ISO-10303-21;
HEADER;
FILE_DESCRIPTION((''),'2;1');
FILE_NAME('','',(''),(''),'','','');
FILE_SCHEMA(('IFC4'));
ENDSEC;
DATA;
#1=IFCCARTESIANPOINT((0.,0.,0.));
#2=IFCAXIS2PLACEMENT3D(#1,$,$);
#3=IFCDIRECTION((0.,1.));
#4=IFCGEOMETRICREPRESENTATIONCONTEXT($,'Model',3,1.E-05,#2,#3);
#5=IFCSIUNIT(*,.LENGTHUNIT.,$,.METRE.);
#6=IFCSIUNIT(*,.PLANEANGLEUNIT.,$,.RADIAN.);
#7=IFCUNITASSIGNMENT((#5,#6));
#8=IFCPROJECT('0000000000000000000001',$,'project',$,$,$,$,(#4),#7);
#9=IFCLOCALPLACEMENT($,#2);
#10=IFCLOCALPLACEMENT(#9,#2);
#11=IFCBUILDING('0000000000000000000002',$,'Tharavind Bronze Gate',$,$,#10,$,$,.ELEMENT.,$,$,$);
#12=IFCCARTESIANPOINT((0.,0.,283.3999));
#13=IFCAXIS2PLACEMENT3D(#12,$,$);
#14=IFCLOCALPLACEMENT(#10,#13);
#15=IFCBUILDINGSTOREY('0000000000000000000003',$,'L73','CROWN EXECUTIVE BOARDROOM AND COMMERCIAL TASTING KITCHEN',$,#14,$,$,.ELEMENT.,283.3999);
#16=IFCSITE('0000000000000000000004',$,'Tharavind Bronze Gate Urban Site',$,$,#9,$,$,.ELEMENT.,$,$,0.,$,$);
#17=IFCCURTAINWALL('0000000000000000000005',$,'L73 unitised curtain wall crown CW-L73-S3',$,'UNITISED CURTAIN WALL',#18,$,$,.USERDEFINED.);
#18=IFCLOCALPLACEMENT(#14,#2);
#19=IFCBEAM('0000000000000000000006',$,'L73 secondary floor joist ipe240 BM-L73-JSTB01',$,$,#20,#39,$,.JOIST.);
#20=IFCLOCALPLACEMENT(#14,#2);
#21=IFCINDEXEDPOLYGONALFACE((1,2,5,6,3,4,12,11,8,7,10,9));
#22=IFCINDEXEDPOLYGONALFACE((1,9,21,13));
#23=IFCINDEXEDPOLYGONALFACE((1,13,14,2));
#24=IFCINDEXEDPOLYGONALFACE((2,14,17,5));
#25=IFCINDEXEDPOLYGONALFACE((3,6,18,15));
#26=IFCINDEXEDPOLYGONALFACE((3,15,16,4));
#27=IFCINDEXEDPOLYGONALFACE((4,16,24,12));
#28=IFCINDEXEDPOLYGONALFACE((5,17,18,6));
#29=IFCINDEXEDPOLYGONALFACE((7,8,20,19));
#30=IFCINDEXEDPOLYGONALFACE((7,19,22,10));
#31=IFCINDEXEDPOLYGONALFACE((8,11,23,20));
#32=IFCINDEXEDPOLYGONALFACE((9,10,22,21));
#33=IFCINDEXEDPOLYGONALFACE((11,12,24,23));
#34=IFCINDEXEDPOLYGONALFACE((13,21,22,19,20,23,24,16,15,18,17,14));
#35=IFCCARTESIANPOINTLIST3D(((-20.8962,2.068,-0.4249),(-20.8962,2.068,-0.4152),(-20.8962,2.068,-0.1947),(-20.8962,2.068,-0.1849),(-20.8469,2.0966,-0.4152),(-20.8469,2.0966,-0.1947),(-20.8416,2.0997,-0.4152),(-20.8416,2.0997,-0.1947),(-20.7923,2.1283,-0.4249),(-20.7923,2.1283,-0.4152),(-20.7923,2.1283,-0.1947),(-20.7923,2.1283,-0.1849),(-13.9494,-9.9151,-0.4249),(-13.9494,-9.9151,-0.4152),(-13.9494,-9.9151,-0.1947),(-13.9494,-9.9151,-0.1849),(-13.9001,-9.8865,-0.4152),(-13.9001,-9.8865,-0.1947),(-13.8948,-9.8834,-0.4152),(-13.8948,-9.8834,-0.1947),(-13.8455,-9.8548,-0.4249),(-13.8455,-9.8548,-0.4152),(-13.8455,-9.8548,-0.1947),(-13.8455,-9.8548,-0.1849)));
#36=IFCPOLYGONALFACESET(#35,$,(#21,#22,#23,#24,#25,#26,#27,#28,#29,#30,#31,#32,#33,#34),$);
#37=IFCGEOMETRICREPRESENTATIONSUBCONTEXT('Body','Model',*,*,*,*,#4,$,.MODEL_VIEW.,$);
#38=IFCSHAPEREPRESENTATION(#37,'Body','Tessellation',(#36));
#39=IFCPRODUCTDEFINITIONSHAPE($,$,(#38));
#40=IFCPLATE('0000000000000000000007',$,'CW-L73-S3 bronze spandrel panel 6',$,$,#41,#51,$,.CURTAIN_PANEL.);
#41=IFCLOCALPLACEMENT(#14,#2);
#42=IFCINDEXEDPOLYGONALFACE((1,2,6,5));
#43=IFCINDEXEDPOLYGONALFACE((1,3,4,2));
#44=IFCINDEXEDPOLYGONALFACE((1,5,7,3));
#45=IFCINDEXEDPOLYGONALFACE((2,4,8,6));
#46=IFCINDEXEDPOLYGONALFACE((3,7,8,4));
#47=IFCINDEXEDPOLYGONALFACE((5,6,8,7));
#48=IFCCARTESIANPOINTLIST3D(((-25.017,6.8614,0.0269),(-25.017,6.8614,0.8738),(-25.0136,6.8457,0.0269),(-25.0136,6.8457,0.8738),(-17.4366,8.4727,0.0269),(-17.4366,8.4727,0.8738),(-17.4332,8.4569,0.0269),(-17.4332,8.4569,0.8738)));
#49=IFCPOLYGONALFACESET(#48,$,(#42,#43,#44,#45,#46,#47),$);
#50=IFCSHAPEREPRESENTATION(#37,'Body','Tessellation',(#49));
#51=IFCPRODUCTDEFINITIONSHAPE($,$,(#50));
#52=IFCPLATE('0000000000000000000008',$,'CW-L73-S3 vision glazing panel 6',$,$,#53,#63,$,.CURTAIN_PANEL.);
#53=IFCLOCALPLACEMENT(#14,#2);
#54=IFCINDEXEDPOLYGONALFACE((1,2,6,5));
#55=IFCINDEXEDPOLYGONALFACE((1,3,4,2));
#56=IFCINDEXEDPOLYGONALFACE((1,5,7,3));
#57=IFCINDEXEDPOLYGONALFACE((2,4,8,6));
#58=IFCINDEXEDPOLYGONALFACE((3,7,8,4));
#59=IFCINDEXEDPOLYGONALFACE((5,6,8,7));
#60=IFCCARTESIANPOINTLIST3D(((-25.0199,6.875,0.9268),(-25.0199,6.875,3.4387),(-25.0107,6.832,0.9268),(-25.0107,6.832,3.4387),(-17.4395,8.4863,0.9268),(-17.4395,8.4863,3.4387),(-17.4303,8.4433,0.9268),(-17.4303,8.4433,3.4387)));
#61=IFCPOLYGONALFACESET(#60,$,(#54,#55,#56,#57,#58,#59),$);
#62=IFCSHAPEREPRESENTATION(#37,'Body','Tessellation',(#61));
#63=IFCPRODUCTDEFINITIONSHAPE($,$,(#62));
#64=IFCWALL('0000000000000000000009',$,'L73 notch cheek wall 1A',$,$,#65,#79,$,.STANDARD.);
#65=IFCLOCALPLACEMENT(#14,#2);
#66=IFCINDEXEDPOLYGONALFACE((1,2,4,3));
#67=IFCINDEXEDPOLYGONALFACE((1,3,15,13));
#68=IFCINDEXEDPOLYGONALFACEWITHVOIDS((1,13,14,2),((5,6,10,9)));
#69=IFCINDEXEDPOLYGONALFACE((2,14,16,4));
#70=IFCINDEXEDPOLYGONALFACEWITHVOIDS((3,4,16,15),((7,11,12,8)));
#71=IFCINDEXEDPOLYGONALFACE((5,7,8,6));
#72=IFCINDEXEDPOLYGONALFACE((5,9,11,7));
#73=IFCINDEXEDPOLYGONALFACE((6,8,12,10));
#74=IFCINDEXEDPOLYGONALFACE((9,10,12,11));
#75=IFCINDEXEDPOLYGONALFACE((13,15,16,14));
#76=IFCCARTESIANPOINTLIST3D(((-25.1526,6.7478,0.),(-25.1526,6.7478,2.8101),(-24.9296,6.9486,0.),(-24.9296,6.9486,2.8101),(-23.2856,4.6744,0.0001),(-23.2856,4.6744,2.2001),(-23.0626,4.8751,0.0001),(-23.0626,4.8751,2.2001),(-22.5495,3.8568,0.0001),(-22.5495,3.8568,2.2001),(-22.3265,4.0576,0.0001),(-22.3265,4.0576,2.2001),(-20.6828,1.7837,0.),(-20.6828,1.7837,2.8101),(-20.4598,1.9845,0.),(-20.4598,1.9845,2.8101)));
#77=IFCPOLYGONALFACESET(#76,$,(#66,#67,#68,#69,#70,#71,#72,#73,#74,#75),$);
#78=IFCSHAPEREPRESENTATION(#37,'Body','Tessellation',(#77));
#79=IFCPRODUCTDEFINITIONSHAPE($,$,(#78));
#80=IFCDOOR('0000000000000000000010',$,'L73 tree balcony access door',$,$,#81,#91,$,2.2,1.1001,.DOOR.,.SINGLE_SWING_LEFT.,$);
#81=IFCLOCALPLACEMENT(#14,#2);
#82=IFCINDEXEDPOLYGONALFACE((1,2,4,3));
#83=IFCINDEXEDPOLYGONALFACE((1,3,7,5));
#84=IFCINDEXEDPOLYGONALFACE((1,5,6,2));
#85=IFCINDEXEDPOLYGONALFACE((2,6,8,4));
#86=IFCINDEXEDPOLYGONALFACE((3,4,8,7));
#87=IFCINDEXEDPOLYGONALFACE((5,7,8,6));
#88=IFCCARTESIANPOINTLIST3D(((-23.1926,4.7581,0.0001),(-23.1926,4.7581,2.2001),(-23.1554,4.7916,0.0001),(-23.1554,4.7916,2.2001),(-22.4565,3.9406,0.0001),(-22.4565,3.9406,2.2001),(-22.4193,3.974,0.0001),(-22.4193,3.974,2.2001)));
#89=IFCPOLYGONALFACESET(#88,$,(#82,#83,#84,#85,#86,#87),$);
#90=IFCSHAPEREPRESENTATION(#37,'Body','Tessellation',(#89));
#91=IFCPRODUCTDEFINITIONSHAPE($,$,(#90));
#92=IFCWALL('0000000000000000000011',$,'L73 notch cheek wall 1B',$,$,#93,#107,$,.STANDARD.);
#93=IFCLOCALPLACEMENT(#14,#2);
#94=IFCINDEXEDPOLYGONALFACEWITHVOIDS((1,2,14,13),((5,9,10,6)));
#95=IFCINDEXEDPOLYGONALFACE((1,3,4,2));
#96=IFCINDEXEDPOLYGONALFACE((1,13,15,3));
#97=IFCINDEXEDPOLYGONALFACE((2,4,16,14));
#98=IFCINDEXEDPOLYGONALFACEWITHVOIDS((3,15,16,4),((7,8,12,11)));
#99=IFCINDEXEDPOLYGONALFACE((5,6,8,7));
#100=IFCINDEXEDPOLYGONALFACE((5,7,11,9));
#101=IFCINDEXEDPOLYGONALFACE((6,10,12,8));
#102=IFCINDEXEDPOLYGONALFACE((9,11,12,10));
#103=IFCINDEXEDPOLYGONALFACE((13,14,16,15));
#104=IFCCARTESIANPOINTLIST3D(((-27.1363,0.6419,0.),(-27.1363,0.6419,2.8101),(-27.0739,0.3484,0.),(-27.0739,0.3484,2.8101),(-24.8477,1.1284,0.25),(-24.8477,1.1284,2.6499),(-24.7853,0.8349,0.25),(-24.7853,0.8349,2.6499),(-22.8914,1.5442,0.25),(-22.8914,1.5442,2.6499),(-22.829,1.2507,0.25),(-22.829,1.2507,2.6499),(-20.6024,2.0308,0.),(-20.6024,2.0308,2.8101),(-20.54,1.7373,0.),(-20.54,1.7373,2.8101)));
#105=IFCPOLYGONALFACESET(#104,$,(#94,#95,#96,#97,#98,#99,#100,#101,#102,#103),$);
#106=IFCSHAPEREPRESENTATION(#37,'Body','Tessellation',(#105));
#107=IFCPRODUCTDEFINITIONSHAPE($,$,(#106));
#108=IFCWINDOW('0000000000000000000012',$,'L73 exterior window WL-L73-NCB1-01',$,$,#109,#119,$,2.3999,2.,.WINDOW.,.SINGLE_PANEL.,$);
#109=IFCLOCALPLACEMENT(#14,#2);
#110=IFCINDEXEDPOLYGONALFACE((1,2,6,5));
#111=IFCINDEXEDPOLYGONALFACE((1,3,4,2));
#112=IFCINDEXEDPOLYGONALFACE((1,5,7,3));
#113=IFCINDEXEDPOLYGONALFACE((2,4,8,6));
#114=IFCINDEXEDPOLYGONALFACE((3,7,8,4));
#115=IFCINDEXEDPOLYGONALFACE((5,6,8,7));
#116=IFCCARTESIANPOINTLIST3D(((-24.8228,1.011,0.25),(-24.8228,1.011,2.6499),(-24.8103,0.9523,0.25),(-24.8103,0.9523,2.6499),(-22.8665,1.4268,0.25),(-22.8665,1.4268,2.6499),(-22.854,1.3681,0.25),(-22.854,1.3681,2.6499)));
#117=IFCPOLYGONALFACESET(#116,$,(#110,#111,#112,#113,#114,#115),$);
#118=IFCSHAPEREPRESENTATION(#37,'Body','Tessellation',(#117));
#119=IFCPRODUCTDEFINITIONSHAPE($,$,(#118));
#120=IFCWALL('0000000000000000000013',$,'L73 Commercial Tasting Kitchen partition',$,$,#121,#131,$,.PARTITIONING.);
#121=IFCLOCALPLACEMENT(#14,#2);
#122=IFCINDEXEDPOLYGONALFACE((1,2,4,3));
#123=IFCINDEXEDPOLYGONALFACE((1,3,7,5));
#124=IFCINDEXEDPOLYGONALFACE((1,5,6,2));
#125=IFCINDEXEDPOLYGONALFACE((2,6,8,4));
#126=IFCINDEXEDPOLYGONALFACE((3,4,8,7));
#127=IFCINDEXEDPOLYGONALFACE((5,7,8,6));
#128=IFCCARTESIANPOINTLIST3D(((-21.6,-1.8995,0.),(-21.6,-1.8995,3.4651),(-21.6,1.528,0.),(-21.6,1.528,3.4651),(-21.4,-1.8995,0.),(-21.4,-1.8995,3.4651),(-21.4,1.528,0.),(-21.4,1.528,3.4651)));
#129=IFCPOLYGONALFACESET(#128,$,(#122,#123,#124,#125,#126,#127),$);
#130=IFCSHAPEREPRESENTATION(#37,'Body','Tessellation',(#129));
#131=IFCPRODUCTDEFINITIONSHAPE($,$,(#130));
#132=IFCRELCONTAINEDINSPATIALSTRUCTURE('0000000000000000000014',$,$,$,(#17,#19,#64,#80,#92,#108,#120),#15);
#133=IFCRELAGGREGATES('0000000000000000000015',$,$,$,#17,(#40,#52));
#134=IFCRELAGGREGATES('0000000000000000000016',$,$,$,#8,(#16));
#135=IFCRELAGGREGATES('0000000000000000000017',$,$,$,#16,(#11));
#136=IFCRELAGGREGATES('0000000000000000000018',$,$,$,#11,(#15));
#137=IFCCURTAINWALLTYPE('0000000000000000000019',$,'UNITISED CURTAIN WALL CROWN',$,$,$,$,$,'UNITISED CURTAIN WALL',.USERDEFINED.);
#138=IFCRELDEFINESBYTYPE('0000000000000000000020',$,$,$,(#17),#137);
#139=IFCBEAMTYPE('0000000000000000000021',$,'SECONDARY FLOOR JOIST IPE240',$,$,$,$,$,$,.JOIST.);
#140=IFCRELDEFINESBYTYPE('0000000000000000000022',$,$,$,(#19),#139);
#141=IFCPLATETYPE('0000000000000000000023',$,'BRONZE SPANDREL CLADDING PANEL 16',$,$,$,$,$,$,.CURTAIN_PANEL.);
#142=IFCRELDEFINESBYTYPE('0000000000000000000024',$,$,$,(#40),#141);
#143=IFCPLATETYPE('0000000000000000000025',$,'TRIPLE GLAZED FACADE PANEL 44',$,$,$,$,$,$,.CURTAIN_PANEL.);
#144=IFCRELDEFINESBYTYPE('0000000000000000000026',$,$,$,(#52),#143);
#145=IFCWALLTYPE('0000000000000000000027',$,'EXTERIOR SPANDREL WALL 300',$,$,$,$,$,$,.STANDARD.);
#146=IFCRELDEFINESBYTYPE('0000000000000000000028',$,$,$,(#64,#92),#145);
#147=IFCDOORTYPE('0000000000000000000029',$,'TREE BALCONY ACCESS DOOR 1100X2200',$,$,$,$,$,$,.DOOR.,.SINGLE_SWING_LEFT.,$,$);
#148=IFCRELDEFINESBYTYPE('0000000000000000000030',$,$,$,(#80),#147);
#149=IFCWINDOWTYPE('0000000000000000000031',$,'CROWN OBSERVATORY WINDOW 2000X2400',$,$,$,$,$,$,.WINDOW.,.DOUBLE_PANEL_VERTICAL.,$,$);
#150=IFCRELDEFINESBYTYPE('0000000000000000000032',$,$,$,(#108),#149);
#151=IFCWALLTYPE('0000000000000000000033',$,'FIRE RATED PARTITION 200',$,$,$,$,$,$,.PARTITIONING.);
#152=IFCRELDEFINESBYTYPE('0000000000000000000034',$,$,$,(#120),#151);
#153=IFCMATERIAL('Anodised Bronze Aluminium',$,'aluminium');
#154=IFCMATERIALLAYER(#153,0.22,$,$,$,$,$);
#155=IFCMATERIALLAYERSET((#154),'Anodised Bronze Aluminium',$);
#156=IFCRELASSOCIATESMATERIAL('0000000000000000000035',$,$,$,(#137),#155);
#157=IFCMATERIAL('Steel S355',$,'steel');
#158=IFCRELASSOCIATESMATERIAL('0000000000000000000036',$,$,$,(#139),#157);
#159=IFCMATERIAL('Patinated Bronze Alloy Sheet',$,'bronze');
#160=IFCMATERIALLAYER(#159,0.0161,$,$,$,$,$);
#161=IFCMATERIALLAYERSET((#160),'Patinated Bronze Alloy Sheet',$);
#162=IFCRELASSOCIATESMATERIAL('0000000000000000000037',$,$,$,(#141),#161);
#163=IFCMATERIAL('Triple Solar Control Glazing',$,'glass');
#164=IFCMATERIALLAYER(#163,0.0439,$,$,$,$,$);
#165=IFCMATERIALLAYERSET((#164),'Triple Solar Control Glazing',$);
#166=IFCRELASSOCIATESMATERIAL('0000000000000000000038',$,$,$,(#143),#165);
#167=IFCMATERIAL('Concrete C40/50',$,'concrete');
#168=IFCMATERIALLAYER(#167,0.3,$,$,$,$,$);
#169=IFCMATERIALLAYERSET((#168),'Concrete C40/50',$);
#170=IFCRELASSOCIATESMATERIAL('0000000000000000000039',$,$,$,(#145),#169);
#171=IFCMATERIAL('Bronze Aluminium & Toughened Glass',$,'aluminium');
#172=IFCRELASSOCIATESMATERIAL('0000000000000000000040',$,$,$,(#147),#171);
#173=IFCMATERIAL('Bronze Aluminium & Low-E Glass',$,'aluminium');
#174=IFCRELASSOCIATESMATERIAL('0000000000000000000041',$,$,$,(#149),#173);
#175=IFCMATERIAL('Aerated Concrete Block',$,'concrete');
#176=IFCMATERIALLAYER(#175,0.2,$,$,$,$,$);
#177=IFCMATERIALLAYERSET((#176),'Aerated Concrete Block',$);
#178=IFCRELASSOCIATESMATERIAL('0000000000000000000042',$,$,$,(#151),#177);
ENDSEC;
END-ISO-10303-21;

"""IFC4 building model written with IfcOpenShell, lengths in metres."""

from ifc_helpers import new_model, si_unit, direction, frame, frame_2d, origin, origin_2d, place, context, subcontext, project, spatial, rectangle, i_section, extrude, material, layer, layer_set, material_profile, profile_set, type_object, element, fill, aggregate, save


model = new_model("IFC4")

# Units and contexts
model_context = context("Model", 3, precision=1e-05, world=origin(), true_north=direction((0.0, 1.0)))
body_context = subcontext(model_context, "Body", "Model", "MODEL_VIEW")
ifc_project = project(units=[si_unit("LENGTHUNIT", "METRE"), si_unit("PLANEANGLEUNIT", "RADIAN")], contexts=[model_context])

# Site, building, storey
site_placement = place(None, origin())
site = spatial("IfcSite", under=ifc_project, at=site_placement, Name="Tharavind Bronze Gate Urban Site", CompositionType="ELEMENT", RefElevation=0.0)
building_placement = place(site_placement, origin())
building = spatial("IfcBuilding", under=site, at=building_placement, Name="Tharavind Bronze Gate", CompositionType="ELEMENT")
storey_placement = place(building_placement, frame((0.0, 0.0, 283.3999)))
storey = spatial("IfcBuildingStorey", under=building, at=storey_placement, Name="L73", Description="CROWN EXECUTIVE BOARDROOM AND COMMERCIAL TASTING KITCHEN", CompositionType="ELEMENT", Elevation=283.3999)

# Shared definitions
ifc_material_1 = material(Name="Anodised Bronze Aluminium", Category="aluminium")
ifc_layer_1 = layer(ifc_material_1, 0.22)
ifc_layer_set_1 = layer_set([ifc_layer_1], Name="Anodised Bronze Aluminium")
curtain_wall_type = type_object("IfcCurtainWallType", Name="UNITISED CURTAIN WALL CROWN", ElementType="UNITISED CURTAIN WALL", PredefinedType="USERDEFINED", material=ifc_layer_set_1)

# Curtain wall
curtain_wall_1_placement = place(storey_placement, origin())
curtain_wall_1 = element("IfcCurtainWall", 1, at=curtain_wall_1_placement, inside=storey, type_object=curtain_wall_type, Name="L73 unitised curtain wall crown CW-L73-S3", ObjectType="UNITISED CURTAIN WALL", PredefinedType="USERDEFINED")

# Beam
ifc_material_2 = material(Name="Steel S355", Category="steel")
ifc_material_profile_1 = material_profile(ifc_material_2, i_section(OverallWidth=0.1201, OverallDepth=0.24, WebThickness=0.0061, FlangeThickness=0.0098, at=origin_2d()), Name="IPE240")
ifc_profile_set_1 = profile_set([ifc_material_profile_1], Name="Steel S355")
beam_type_1 = type_object("IfcBeamType", Name="SECONDARY FLOOR JOIST IPE240", PredefinedType="JOIST", material=ifc_profile_set_1)
beam_1_placement = place(storey_placement, frame((-20.8442, 2.0981, -0.3049), z_axis=(0.501532, -0.865139, 0.0), x_axis=(0.865139, 0.501532, 0.0)))
element("IfcBeam", 2, at=beam_1_placement, inside=storey, type_object=beam_type_1, Name="L73 secondary floor joist ipe240 BM-L73-JSTB01", PredefinedType="JOIST", context=body_context, shape_type="SweptSolid", body=[
    extrude(i_section(OverallWidth=0.1201, OverallDepth=0.24, WebThickness=0.0061, FlangeThickness=0.0098, at=origin_2d()), origin(), (0.0, 0.0, 1.0), 13.8511),
])

# Plates
ifc_material_3 = material(Name="Patinated Bronze Alloy Sheet", Category="bronze")
ifc_layer_2 = layer(ifc_material_3, 0.0161)
ifc_layer_set_2 = layer_set([ifc_layer_2], Name="Patinated Bronze Alloy Sheet")
plate_type_1 = type_object("IfcPlateType", Name="BRONZE SPANDREL CLADDING PANEL 16", PredefinedType="CURTAIN_PANEL", material=ifc_layer_set_2)
plate_1_placement = place(storey_placement, frame((-21.2251, 7.6592, 0.0269), z_axis=(0.0, 0.0, 1.0), x_axis=(-0.978147, -0.207913, 0.0)))
plate_1 = element("IfcPlate", 3, at=plate_1_placement, type_object=plate_type_1, Name="CW-L73-S3 bronze spandrel panel 6", PredefinedType="CURTAIN_PANEL", context=body_context, shape_type="SweptSolid", body=[
    extrude(rectangle(XDim=7.7498, YDim=0.0161, at=origin_2d()), origin(), (0.0, 0.0, 1.0), 0.8469),
])
ifc_material_4 = material(Name="Triple Solar Control Glazing", Category="glass")
ifc_layer_3 = layer(ifc_material_4, 0.0439)
ifc_layer_set_3 = layer_set([ifc_layer_3], Name="Triple Solar Control Glazing")
plate_type_2 = type_object("IfcPlateType", Name="TRIPLE GLAZED FACADE PANEL 44", PredefinedType="CURTAIN_PANEL", material=ifc_layer_set_3)
plate_2_placement = place(storey_placement, frame((-21.2251, 7.6592, 0.9268), z_axis=(0.0, 0.0, 1.0), x_axis=(-0.978147, -0.207913, 0.0)))
plate_2 = element("IfcPlate", 4, at=plate_2_placement, type_object=plate_type_2, Name="CW-L73-S3 vision glazing panel 6", PredefinedType="CURTAIN_PANEL", context=body_context, shape_type="SweptSolid", body=[
    extrude(rectangle(XDim=7.7498, YDim=0.0439, at=origin_2d()), origin(), (0.0, 0.0, 1.0), 2.512),
])
aggregate(curtain_wall_1, [plate_1, plate_2])

# Wall, opening, door
ifc_material_5 = material(Name="Concrete C40/50", Category="concrete")
ifc_layer_4 = layer(ifc_material_5, 0.3)
ifc_layer_set_4 = layer_set([ifc_layer_4], Name="Concrete C40/50")
wall_type_1 = type_object("IfcWallType", Name="EXTERIOR SPANDREL WALL 300", PredefinedType="STANDARD", material=ifc_layer_set_4)
wall_1_placement = place(storey_placement, frame((-25.041, 6.8481, 0.0), z_axis=(0.0, 0.0, 1.0), x_axis=(0.669132, -0.743143, 0.0)))
wall_1 = element("IfcWall", 5, at=wall_1_placement, inside=storey, type_object=wall_type_1, Name="L73 notch cheek wall 1A", PredefinedType="STANDARD", context=body_context, shape_type="SweptSolid", body=[
    extrude(rectangle(XDim=6.6799, YDim=0.3, at=frame_2d((3.3398, 0.0))), origin(), (0.0, 0.0, 1.0), 2.8101),
])
opening_1_placement = place(wall_1_placement, frame((2.79, 0.0, 0.0)))
opening_1 = element("IfcOpeningElement", 6, at=opening_1_placement, cuts=wall_1, PredefinedType="OPENING", context=body_context, shape_type="SweptSolid", body=[
    extrude(rectangle(XDim=1.1001, YDim=2.2, at=frame_2d((0.55, 1.1001))), frame((0.0, 0.1599, 0.0), z_axis=(0.0, -1.0, 0.0), x_axis=(1.0, 0.0, 0.0)), (0.0, 0.0, 1.0), 0.32),
])
ifc_material_6 = material(Name="Bronze Aluminium & Toughened Glass", Category="aluminium")
door_type = type_object("IfcDoorType", Name="TREE BALCONY ACCESS DOOR 1100X2200", OperationType="SINGLE_SWING_LEFT", PredefinedType="DOOR", material=ifc_material_6)
door_placement = place(opening_1_placement, frame((1.1001, 0.0, 0.0), z_axis=(0.0, 0.0, 1.0), x_axis=(-1.0, 0.0, 0.0)))
door = element("IfcDoor", 7, at=door_placement, inside=storey, type_object=door_type, Name="L73 tree balcony access door", OperationType="SINGLE_SWING_LEFT", OverallHeight=2.2, OverallWidth=1.1001, PredefinedType="DOOR", context=body_context, shape_type="SweptSolid", body=[
    extrude(rectangle(XDim=1.1001, YDim=2.2, at=frame_2d((0.55, 1.1001))), frame((0.0, 0.0249, 0.0), z_axis=(0.0, -1.0, 0.0), x_axis=(1.0, 0.0, 0.0)), (0.0, 0.0, 1.0), 0.05),
])
fill(opening_1, door)

# Wall, opening, window
wall_2_placement = place(storey_placement, frame((-20.5713, 1.884, 0.0), z_axis=(0.0, 0.0, 1.0), x_axis=(-0.978145, -0.207924, 0.0)))
wall_2 = element("IfcWall", 8, at=wall_2_placement, inside=storey, type_object=wall_type_1, Name="L73 notch cheek wall 1B", PredefinedType="STANDARD", context=body_context, shape_type="SweptSolid", body=[
    extrude(rectangle(XDim=6.6799, YDim=0.3, at=frame_2d((3.3398, 0.0))), origin(), (0.0, 0.0, 1.0), 2.8101),
])
opening_2_placement = place(wall_2_placement, frame((2.3401, 0.0, 0.25)))
opening_2 = element("IfcOpeningElement", 9, at=opening_2_placement, cuts=wall_2, PredefinedType="OPENING", context=body_context, shape_type="SweptSolid", body=[
    extrude(rectangle(XDim=2.0, YDim=2.3999, at=frame_2d((1.0, 1.2))), frame((0.0, 0.1599, 0.0), z_axis=(0.0, -1.0, 0.0), x_axis=(1.0, 0.0, 0.0)), (0.0, 0.0, 1.0), 0.32),
])
ifc_material_7 = material(Name="Bronze Aluminium & Low-E Glass", Category="aluminium")
window_type = type_object("IfcWindowType", Name="CROWN OBSERVATORY WINDOW 2000X2400", PartitioningType="DOUBLE_PANEL_VERTICAL", PredefinedType="WINDOW", material=ifc_material_7)
window_placement = place(opening_2_placement, origin())
window = element("IfcWindow", 10, at=window_placement, inside=storey, type_object=window_type, Name="L73 exterior window WL-L73-NCB1-01", OverallHeight=2.3999, OverallWidth=2.0, PartitioningType="SINGLE_PANEL", PredefinedType="WINDOW", context=body_context, shape_type="SweptSolid", body=[
    extrude(rectangle(XDim=2.0, YDim=2.3999, at=frame_2d((1.0, 1.2))), frame((0.0, 0.03, 0.0), z_axis=(0.0, -1.0, 0.0), x_axis=(1.0, 0.0, 0.0)), (0.0, 0.0, 1.0), 0.0601),
])
fill(opening_2, window)

# Wall
ifc_material_8 = material(Name="Aerated Concrete Block", Category="concrete")
ifc_layer_5 = layer(ifc_material_8, 0.2)
ifc_layer_set_5 = layer_set([ifc_layer_5], Name="Aerated Concrete Block")
wall_type_2 = type_object("IfcWallType", Name="FIRE RATED PARTITION 200", PredefinedType="PARTITIONING", material=ifc_layer_set_5)
wall_3_placement = place(storey_placement, frame((-21.5, 1.5281, 0.0), z_axis=(0.0, 0.0, 1.0), x_axis=(0.0, -1.0, 0.0)))
element("IfcWall", 11, at=wall_3_placement, inside=storey, type_object=wall_type_2, Name="L73 Commercial Tasting Kitchen partition", PredefinedType="PARTITIONING", context=body_context, shape_type="SweptSolid", body=[
    extrude(rectangle(XDim=3.4275, YDim=0.2, at=frame_2d((1.7139, 0.0))), origin(), (0.0, 0.0, 1.0), 3.4651),
])

save(model, "model.ifc")
